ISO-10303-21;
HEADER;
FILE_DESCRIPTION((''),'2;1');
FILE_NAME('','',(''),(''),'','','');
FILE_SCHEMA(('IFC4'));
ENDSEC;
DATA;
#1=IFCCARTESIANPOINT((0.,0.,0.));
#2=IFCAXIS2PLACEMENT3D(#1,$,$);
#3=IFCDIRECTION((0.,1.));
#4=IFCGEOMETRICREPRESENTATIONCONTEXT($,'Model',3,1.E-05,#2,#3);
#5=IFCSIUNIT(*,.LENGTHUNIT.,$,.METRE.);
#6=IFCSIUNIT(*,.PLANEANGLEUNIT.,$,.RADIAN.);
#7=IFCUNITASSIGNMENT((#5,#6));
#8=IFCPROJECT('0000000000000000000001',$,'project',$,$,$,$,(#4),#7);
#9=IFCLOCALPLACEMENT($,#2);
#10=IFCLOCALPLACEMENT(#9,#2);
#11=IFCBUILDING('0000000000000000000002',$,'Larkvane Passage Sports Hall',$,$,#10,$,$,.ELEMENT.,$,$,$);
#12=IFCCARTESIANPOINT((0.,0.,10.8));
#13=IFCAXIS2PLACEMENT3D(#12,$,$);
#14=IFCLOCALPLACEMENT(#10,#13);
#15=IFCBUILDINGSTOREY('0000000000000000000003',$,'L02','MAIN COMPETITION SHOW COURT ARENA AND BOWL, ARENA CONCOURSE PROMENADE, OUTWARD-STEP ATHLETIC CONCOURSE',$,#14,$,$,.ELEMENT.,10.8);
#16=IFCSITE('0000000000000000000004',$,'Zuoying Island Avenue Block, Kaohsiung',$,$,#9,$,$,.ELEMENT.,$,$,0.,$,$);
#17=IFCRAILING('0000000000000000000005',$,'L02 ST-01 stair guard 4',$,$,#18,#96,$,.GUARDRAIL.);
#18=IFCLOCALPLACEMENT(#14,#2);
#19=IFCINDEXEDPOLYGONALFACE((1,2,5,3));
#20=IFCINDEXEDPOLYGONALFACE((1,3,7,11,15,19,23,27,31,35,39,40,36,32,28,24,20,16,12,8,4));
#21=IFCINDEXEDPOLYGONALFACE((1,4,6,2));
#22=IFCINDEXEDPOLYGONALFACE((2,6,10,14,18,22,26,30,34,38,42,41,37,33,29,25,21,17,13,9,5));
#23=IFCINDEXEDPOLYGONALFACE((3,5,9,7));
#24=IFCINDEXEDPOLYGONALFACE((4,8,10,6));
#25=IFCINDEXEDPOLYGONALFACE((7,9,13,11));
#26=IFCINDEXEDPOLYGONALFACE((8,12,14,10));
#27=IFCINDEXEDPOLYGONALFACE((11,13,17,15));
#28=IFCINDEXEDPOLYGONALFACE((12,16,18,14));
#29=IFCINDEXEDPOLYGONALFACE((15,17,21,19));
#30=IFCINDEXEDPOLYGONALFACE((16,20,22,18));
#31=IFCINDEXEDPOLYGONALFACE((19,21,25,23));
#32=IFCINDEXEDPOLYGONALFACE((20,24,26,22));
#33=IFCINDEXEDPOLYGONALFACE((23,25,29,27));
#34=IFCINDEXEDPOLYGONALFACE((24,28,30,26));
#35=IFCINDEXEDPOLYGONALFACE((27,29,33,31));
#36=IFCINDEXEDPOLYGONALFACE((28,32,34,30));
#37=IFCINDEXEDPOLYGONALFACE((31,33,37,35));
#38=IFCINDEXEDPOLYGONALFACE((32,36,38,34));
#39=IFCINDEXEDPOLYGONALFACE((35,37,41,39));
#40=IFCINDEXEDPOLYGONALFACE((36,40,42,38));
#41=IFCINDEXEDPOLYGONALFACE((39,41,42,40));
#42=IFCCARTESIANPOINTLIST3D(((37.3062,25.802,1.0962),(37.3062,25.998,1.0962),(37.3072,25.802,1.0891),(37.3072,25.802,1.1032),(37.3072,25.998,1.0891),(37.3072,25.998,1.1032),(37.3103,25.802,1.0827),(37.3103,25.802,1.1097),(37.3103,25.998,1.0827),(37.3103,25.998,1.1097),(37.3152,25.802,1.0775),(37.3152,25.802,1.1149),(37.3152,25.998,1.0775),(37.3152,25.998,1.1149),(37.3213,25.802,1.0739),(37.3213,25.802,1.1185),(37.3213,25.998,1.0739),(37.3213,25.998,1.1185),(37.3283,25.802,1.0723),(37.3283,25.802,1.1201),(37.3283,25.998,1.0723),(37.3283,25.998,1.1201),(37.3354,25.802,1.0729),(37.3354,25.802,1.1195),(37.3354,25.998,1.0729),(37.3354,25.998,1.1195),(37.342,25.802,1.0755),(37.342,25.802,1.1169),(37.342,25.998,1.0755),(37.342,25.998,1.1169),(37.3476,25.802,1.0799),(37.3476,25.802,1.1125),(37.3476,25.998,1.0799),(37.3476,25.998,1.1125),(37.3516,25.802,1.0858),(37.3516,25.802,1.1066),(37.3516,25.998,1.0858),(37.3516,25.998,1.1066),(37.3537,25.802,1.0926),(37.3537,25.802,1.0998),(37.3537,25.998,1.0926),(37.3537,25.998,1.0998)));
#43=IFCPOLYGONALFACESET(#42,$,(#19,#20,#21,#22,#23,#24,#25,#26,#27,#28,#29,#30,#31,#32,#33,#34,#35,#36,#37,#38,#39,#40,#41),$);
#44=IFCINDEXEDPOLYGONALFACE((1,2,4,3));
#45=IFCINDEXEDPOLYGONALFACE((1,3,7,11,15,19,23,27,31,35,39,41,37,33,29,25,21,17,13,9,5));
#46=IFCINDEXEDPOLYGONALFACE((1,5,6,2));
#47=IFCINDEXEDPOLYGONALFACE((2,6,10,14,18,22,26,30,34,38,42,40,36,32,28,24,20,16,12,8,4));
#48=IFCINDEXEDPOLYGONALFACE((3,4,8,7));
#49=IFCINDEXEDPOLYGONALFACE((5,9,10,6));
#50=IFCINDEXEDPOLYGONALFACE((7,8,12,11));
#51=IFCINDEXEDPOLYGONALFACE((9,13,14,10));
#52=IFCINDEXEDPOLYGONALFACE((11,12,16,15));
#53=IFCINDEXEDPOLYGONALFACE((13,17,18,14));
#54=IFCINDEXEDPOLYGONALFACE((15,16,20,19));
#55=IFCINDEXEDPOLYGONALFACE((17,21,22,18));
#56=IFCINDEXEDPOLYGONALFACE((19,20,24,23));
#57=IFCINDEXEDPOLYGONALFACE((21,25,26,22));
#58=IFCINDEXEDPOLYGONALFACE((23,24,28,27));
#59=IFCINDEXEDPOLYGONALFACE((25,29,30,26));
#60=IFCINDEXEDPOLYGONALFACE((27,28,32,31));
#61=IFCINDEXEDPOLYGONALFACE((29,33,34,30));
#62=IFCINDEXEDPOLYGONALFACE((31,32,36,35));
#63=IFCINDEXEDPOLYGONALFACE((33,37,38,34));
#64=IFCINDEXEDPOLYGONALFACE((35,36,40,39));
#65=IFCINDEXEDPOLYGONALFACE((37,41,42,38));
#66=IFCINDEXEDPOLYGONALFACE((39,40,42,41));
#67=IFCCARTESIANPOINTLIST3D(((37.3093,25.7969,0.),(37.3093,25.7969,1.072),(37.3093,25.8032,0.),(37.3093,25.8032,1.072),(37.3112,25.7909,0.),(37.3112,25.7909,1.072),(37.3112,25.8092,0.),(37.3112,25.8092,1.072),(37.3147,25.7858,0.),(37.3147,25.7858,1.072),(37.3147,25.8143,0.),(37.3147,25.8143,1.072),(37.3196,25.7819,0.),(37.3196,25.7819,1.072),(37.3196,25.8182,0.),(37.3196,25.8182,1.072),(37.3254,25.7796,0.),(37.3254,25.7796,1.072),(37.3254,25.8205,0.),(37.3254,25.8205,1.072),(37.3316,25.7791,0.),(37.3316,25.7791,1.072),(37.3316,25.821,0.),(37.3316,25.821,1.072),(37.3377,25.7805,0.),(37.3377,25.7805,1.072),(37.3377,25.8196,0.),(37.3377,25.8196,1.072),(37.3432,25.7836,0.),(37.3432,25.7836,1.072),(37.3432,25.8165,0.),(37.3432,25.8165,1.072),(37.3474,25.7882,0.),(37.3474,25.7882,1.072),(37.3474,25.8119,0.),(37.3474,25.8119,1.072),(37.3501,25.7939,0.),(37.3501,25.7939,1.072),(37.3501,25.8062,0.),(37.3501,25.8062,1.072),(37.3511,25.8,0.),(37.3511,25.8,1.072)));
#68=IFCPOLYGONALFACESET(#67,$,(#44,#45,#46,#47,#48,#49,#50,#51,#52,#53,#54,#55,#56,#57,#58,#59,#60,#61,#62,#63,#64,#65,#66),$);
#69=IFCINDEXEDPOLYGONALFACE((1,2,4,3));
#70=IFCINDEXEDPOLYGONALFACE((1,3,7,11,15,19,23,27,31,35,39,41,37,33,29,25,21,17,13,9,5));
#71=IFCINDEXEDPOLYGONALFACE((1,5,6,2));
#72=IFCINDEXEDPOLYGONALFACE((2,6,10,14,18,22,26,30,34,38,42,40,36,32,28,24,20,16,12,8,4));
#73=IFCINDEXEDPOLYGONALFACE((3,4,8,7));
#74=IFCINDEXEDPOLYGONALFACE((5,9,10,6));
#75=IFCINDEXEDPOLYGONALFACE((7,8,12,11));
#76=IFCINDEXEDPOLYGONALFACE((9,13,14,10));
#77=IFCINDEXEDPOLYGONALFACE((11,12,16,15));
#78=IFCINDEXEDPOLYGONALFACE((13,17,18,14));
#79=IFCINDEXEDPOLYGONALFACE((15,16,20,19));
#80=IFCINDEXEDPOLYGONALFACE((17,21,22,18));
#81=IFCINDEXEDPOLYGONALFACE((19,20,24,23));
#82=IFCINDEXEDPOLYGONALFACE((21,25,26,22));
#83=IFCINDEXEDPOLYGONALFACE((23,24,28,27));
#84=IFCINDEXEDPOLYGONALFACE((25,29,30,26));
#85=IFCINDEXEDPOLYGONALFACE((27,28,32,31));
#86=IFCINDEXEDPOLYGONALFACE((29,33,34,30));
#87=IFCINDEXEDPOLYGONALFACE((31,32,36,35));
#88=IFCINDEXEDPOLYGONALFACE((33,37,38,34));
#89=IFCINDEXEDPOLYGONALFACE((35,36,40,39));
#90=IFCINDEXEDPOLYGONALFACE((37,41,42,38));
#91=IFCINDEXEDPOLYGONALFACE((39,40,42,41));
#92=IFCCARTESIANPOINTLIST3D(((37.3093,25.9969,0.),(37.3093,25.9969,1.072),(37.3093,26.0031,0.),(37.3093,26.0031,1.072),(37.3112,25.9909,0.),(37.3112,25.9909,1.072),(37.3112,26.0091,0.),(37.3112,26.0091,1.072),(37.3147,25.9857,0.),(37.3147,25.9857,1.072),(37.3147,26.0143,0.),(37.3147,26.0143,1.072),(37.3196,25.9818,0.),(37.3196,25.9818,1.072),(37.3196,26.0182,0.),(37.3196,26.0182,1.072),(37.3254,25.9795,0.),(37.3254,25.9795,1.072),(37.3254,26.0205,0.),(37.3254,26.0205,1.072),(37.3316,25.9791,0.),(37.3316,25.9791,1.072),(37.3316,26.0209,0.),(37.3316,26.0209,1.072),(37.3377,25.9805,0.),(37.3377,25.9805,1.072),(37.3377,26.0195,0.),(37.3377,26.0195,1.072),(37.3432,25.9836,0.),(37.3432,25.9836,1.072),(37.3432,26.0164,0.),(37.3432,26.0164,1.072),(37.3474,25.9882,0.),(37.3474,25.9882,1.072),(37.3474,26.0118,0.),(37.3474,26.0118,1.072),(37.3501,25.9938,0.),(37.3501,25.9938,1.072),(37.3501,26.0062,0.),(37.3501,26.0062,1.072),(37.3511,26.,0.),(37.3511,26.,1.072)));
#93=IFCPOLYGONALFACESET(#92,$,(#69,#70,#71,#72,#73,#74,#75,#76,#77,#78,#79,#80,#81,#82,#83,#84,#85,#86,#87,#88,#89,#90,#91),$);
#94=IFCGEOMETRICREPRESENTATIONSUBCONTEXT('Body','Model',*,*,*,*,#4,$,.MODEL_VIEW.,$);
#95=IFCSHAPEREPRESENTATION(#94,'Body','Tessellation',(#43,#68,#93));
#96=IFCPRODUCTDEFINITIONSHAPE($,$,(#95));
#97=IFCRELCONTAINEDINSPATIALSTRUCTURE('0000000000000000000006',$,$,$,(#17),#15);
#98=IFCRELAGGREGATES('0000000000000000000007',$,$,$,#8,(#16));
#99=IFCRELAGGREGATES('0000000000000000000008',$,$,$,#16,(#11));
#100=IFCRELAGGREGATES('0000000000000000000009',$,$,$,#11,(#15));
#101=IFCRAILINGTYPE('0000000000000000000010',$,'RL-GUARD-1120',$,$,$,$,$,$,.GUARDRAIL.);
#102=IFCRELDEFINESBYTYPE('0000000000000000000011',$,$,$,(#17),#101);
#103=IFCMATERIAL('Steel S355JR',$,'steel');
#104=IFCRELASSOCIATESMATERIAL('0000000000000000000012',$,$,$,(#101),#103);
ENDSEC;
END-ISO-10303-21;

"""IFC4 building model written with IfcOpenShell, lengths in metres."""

from ifc_helpers import new_model, si_unit, direction, frame, origin, origin_2d, place, context, subcontext, project, spatial, circle, extrude, material, type_object, element, save


model = new_model("IFC4")

# Units and contexts
model_context = context("Model", 3, precision=1e-05, world=origin(), true_north=direction((0.0, 1.0)))
body_context = subcontext(model_context, "Body", "Model", "MODEL_VIEW")
ifc_project = project(units=[si_unit("LENGTHUNIT", "METRE"), si_unit("PLANEANGLEUNIT", "RADIAN")], contexts=[model_context])

# Site, building, storey
site_placement = place(None, origin())
site = spatial("IfcSite", under=ifc_project, at=site_placement, Name="Zuoying Island Avenue Block, Kaohsiung", CompositionType="ELEMENT", RefElevation=0.0)
building_placement = place(site_placement, origin())
building = spatial("IfcBuilding", under=site, at=building_placement, Name="Larkvane Passage Sports Hall", CompositionType="ELEMENT")
storey_placement = place(building_placement, frame((0.0, 0.0, 10.8)))
storey = spatial("IfcBuildingStorey", under=building, at=storey_placement, Name="L02", Description="MAIN COMPETITION SHOW COURT ARENA AND BOWL, ARENA CONCOURSE PROMENADE, OUTWARD-STEP ATHLETIC CONCOURSE", CompositionType="ELEMENT", Elevation=10.8)

# Railing
ifc_material_1 = material(Name="Steel S355JR", Category="steel")
railing_type_1 = type_object("IfcRailingType", Name="RL-GUARD-1120", PredefinedType="GUARDRAIL", material=ifc_material_1)
railing_1_placement = place(storey_placement, frame((37.3301, 25.8, 0.0)))
element("IfcRailing", 1, at=railing_1_placement, inside=storey, type_object=railing_type_1, Name="L02 ST-01 stair guard 4", PredefinedType="GUARDRAIL", context=body_context, shape_type="SweptSolid", body=[
    extrude(circle(Radius=0.0239, at=origin_2d()), frame((0.0, 0.002, 1.0962), z_axis=(0.0, 1.0, 0.0), x_axis=(-1.0, 0.0, 0.0)), (0.0, 0.0, 1.0), 0.196),
    extrude(circle(Radius=0.021, at=origin_2d()), origin(), (0.0, 0.0, 1.0), 1.072),
    extrude(circle(Radius=0.021, at=origin_2d()), frame((0.0, 0.2, 0.0)), (0.0, 0.0, 1.0), 1.072),
])

save(model, "model.ifc")
